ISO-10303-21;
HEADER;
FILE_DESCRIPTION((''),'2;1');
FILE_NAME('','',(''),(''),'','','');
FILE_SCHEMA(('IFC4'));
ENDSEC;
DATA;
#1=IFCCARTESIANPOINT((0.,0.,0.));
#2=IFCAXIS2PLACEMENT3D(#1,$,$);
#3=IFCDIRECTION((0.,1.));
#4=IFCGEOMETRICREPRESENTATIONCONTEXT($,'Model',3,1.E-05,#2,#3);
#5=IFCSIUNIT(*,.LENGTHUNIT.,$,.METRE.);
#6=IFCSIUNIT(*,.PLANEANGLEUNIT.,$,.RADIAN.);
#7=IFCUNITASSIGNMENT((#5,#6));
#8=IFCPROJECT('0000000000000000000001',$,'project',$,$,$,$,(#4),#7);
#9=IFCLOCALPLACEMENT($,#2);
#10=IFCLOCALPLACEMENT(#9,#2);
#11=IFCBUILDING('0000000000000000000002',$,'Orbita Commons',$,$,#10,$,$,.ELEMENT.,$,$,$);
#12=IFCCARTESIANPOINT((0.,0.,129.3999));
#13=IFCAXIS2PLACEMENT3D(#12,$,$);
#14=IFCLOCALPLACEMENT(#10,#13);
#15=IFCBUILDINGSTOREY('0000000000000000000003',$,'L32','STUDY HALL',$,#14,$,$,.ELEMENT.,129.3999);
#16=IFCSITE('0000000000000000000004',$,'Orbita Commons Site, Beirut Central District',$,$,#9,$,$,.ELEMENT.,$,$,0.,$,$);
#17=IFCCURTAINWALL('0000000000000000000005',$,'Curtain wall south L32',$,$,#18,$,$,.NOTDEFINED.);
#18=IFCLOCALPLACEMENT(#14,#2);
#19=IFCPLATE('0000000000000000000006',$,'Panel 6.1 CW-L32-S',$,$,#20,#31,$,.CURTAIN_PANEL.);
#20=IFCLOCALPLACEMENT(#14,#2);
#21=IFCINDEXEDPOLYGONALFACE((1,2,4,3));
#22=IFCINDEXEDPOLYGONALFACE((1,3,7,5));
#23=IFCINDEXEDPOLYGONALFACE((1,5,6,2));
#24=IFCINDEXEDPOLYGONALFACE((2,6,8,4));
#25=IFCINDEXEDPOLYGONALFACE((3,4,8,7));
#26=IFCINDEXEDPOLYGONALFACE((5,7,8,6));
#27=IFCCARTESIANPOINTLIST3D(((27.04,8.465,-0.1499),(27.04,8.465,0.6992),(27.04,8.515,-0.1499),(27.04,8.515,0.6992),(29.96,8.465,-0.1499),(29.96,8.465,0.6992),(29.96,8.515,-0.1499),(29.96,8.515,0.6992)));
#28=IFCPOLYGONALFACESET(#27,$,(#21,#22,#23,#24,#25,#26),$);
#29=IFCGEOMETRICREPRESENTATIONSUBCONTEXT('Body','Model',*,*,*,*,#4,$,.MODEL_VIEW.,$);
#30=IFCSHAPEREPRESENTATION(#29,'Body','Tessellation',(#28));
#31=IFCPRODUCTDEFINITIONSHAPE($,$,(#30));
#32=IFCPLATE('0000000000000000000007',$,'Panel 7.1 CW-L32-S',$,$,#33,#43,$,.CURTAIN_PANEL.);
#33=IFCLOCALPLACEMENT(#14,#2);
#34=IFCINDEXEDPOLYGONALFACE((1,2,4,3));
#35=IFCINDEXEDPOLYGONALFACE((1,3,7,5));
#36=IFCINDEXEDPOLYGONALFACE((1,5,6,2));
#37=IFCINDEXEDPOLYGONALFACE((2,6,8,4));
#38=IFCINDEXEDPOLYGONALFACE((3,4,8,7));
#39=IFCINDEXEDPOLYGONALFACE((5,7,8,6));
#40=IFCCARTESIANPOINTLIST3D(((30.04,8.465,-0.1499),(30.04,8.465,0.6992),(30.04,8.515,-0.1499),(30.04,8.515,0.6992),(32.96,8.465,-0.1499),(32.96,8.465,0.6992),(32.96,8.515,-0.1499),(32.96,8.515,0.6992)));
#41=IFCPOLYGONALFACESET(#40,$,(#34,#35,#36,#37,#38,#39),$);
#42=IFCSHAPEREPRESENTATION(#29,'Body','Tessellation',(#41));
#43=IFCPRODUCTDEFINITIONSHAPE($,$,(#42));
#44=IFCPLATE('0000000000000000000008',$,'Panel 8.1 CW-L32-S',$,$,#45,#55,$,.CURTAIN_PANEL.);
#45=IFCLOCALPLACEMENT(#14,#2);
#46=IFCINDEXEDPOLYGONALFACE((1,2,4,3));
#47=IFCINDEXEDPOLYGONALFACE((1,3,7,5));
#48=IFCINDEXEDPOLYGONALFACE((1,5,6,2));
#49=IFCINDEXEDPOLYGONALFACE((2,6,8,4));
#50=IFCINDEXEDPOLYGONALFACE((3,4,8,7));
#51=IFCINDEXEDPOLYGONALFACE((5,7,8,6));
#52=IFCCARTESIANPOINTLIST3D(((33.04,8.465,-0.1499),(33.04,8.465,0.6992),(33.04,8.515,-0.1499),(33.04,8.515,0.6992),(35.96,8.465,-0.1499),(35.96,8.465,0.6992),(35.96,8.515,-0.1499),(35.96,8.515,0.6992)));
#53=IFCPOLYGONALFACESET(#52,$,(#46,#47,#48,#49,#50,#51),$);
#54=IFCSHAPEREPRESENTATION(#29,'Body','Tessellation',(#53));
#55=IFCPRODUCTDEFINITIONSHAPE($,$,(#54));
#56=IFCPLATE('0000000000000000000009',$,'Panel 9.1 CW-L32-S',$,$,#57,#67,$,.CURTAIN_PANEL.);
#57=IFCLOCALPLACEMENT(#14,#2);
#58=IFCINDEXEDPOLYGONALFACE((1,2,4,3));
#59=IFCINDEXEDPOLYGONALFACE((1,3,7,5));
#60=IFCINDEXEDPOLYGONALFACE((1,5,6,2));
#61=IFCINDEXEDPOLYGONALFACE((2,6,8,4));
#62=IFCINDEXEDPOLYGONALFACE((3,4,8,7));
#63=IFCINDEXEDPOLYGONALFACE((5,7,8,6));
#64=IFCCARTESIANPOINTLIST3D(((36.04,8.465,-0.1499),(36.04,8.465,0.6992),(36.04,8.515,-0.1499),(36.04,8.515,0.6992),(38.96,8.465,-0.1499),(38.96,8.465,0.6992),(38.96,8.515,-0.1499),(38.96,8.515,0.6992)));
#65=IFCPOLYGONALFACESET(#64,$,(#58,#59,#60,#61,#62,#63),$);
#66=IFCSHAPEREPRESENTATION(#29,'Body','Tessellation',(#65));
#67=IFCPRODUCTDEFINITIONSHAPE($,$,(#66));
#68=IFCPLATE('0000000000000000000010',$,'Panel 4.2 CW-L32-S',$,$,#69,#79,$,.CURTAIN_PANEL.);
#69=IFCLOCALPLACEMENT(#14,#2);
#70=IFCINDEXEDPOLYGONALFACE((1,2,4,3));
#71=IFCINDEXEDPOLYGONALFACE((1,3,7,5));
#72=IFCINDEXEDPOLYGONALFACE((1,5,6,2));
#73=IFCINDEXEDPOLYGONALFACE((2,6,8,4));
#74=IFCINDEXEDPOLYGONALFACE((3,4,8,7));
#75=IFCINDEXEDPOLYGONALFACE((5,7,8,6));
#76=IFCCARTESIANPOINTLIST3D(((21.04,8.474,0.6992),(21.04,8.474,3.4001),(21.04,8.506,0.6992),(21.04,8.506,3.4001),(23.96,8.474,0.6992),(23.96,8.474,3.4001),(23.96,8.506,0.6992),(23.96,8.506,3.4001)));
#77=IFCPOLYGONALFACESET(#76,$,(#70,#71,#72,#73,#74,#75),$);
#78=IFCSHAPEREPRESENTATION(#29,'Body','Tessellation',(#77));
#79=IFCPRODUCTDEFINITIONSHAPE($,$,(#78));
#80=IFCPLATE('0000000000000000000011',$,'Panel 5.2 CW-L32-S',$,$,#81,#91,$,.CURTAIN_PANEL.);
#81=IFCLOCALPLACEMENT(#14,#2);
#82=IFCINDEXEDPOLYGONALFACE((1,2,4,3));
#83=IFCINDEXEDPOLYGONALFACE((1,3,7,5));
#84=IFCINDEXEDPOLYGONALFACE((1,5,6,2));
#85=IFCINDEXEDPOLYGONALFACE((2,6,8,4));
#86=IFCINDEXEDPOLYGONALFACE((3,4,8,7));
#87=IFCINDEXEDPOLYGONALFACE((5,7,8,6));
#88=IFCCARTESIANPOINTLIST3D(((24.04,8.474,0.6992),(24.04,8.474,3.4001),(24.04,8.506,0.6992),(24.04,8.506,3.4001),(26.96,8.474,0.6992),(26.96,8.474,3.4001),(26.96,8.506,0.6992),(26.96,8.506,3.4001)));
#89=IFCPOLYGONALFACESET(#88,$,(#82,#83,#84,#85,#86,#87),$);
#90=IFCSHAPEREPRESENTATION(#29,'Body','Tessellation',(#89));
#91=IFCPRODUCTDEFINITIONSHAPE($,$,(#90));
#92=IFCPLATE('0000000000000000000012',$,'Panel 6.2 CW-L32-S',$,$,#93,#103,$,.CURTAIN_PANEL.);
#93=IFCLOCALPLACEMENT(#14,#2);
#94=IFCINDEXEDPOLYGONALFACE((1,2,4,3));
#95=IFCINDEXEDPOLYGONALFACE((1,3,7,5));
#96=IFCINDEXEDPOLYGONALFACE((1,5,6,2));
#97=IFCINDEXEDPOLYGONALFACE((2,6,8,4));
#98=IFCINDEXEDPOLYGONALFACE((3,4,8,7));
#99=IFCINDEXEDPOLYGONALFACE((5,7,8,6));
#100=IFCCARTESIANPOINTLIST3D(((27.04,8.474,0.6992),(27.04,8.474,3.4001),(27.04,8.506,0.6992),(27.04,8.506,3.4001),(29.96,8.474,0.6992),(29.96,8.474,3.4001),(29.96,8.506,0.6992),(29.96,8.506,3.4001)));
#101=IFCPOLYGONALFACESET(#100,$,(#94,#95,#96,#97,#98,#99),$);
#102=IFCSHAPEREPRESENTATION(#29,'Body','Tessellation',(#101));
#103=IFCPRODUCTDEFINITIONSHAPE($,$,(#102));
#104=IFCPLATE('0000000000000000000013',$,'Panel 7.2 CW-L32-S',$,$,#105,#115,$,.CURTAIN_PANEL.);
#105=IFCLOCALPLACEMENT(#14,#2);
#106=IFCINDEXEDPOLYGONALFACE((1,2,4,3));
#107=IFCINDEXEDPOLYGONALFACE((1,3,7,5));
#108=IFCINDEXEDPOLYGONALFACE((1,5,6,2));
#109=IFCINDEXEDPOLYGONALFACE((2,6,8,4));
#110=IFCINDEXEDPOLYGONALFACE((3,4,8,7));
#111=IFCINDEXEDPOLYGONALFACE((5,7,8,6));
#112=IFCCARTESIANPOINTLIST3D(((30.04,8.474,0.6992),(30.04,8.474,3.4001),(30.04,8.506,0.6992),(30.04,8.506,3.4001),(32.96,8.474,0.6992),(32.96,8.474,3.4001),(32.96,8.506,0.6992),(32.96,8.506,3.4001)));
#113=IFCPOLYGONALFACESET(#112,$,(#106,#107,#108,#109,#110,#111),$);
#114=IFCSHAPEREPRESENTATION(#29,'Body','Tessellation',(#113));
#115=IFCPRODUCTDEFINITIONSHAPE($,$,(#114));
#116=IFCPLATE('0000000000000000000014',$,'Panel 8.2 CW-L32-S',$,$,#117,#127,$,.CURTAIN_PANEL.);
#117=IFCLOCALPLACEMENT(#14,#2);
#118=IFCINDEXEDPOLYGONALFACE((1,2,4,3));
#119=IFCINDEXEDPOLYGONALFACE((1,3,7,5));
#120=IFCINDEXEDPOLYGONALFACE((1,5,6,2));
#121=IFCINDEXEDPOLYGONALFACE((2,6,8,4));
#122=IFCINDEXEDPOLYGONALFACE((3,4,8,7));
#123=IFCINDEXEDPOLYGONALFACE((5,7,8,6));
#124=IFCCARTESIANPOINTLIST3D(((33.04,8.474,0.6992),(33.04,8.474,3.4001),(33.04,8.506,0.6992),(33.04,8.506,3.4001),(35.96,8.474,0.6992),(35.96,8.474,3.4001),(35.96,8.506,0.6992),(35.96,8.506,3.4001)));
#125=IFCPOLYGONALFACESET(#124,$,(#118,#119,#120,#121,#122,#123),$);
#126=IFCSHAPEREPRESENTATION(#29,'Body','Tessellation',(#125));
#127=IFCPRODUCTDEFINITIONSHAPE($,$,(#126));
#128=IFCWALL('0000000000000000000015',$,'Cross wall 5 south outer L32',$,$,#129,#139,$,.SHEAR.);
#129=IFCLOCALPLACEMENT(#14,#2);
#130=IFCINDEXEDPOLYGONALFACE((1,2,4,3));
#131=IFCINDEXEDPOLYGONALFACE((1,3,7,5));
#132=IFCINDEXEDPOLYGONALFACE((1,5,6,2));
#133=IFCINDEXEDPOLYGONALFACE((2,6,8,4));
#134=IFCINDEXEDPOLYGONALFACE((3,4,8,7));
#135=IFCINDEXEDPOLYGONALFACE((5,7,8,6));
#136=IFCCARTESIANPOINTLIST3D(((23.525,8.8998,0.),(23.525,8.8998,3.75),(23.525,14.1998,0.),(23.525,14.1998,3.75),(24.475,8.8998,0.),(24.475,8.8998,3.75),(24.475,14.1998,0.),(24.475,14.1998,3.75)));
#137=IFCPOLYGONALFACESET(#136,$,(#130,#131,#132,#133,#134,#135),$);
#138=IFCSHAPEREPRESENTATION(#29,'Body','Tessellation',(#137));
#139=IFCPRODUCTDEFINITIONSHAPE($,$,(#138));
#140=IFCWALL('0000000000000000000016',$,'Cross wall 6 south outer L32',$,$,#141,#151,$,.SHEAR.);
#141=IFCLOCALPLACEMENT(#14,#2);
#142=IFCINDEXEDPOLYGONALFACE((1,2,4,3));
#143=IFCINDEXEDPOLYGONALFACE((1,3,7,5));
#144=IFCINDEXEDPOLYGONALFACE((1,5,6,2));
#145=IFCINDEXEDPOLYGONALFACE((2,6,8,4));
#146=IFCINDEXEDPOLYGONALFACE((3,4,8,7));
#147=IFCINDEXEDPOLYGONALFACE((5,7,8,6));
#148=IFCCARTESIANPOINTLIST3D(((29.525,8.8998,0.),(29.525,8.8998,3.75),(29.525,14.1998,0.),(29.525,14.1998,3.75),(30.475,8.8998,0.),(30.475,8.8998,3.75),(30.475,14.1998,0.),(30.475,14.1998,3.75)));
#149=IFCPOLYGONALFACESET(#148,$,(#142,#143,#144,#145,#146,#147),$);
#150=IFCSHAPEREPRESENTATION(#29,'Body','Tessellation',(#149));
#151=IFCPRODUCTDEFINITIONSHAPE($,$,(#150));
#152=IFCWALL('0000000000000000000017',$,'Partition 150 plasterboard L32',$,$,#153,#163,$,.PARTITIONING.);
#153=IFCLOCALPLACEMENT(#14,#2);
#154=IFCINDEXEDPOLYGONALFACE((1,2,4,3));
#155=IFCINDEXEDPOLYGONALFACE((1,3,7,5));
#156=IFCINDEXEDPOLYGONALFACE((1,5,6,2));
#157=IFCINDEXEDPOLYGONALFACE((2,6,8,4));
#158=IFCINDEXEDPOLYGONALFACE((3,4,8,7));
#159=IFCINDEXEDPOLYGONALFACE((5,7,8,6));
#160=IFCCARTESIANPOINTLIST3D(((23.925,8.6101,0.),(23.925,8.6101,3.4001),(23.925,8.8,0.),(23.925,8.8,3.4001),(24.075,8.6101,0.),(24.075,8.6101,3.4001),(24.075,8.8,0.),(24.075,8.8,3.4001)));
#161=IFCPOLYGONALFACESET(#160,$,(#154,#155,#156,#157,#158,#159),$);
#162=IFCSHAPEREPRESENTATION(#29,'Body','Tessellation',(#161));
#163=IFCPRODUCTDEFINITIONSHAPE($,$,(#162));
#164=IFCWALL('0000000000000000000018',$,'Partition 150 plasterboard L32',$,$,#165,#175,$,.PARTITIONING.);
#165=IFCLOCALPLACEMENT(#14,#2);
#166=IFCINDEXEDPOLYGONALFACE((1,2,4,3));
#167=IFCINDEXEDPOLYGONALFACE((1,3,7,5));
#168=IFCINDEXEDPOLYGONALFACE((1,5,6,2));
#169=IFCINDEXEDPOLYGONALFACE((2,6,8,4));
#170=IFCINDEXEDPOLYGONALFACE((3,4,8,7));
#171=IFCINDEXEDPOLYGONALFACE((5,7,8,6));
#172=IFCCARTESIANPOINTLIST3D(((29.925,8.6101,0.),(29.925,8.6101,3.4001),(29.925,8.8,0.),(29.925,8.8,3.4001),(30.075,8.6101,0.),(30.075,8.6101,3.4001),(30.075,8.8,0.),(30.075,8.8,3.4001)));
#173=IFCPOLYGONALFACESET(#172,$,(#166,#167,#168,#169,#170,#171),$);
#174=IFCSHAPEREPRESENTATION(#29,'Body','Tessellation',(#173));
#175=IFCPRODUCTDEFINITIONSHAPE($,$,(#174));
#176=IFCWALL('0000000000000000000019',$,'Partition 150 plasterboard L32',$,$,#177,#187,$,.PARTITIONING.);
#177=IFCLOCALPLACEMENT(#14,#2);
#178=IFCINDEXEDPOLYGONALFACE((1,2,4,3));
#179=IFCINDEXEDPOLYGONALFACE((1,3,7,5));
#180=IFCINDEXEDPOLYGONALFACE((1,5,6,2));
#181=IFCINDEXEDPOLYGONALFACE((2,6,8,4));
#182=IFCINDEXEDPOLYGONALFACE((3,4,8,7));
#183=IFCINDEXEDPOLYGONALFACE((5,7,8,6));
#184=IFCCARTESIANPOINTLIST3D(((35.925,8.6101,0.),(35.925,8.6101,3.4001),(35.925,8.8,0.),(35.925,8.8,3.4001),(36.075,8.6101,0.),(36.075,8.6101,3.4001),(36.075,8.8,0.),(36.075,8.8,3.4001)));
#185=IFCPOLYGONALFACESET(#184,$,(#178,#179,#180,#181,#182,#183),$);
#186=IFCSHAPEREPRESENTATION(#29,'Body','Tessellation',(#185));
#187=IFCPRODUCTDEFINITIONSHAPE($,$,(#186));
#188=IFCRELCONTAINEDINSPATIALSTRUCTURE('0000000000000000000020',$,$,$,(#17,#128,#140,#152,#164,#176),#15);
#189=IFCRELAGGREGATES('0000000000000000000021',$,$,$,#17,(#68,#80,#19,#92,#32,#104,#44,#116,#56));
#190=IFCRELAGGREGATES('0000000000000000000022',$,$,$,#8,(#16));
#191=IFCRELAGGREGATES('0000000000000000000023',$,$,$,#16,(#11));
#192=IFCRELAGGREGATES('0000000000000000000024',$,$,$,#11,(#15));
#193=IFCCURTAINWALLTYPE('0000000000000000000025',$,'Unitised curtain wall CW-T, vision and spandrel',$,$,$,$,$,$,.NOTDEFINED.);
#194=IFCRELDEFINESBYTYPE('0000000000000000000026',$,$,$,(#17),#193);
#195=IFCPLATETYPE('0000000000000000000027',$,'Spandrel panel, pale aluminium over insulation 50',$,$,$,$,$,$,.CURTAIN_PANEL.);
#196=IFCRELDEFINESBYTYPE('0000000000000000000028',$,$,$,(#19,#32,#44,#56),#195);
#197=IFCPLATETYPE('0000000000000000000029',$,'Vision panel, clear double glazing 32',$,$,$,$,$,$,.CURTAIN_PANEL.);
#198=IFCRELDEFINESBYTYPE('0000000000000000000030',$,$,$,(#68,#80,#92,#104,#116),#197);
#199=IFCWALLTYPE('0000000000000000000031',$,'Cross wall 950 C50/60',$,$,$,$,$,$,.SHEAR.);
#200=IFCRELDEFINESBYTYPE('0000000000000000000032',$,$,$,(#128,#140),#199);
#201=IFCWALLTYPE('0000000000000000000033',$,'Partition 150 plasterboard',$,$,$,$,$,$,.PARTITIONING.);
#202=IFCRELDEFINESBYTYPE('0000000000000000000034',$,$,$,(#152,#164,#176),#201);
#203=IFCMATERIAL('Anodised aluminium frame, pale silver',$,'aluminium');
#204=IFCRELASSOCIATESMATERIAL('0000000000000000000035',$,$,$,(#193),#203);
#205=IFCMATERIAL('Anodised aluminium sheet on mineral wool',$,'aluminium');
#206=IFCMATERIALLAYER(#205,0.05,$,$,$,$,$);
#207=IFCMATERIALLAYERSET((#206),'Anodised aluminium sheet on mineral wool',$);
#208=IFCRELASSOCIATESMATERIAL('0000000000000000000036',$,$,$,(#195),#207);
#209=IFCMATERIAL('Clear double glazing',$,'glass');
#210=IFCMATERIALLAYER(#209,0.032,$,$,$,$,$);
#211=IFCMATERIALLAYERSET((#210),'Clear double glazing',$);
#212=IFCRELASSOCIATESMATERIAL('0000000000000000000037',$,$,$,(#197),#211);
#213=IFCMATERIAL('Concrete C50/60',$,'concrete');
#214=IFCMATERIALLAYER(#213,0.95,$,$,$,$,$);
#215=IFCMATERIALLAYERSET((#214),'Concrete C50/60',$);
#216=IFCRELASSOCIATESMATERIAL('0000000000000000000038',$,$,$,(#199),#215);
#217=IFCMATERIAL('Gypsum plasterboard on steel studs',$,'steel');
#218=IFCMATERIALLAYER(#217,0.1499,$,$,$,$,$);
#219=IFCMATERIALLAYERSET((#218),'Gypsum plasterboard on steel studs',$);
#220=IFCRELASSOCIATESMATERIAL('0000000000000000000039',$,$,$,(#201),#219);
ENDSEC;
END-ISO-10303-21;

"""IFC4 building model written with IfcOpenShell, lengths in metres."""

from ifc_helpers import new_model, si_unit, direction, frame, frame_2d, origin, origin_2d, place, context, subcontext, project, spatial, rectangle, extrude, material, layer, layer_set, type_object, element, aggregate, save


model = new_model("IFC4")

# Units and contexts
model_context = context("Model", 3, precision=1e-05, world=origin(), true_north=direction((0.0, 1.0)))
body_context = subcontext(model_context, "Body", "Model", "MODEL_VIEW")
ifc_project = project(units=[si_unit("LENGTHUNIT", "METRE"), si_unit("PLANEANGLEUNIT", "RADIAN")], contexts=[model_context])

# Site, building, storey
site_placement = place(None, origin())
site = spatial("IfcSite", under=ifc_project, at=site_placement, Name="Orbita Commons Site, Beirut Central District", CompositionType="ELEMENT", RefElevation=0.0)
building_placement = place(site_placement, origin())
building = spatial("IfcBuilding", under=site, at=building_placement, Name="Orbita Commons", CompositionType="ELEMENT")
storey_placement = place(building_placement, frame((0.0, 0.0, 129.3999)))
storey = spatial("IfcBuildingStorey", under=building, at=storey_placement, Name="L32", Description="STUDY HALL", CompositionType="ELEMENT", Elevation=129.3999)

# Curtain wall, plates
ifc_material_1 = material(Name="Anodised aluminium frame, pale silver", Category="aluminium")
curtain_wall_type = type_object("IfcCurtainWallType", Name="Unitised curtain wall CW-T, vision and spandrel", PredefinedType="NOTDEFINED", material=ifc_material_1)
curtain_wall_placement = place(storey_placement, origin())
curtain_wall = element("IfcCurtainWall", 1, at=curtain_wall_placement, inside=storey, type_object=curtain_wall_type, Name="Curtain wall south L32", PredefinedType="NOTDEFINED")
ifc_material_2 = material(Name="Anodised aluminium sheet on mineral wool", Category="aluminium")
ifc_layer_1 = layer(ifc_material_2, 0.05)
ifc_layer_set_1 = layer_set([ifc_layer_1], Name="Anodised aluminium sheet on mineral wool")
plate_type_1 = type_object("IfcPlateType", Name="Spandrel panel, pale aluminium over insulation 50", PredefinedType="CURTAIN_PANEL", material=ifc_layer_set_1)
plate_1_placement = place(storey_placement, frame((28.5, 8.49, -0.1499), z_axis=(0.0, 0.0, 1.0), x_axis=(1.0, 0.0, 0.0)))
plate_1 = element("IfcPlate", 2, at=plate_1_placement, type_object=plate_type_1, Name="Panel 6.1 CW-L32-S", PredefinedType="CURTAIN_PANEL", context=body_context, shape_type="SweptSolid", body=[
    extrude(rectangle(XDim=2.9199, YDim=0.05, at=origin_2d()), origin(), (0.0, 0.0, 1.0), 0.8491),
])
plate_2_placement = place(storey_placement, frame((31.5, 8.49, -0.1499), z_axis=(0.0, 0.0, 1.0), x_axis=(1.0, 0.0, 0.0)))
plate_2 = element("IfcPlate", 3, at=plate_2_placement, type_object=plate_type_1, Name="Panel 7.1 CW-L32-S", PredefinedType="CURTAIN_PANEL", context=body_context, shape_type="SweptSolid", body=[
    extrude(rectangle(XDim=2.9199, YDim=0.05, at=origin_2d()), origin(), (0.0, 0.0, 1.0), 0.8491),
])
plate_3_placement = place(storey_placement, frame((34.5, 8.49, -0.1499), z_axis=(0.0, 0.0, 1.0), x_axis=(1.0, 0.0, 0.0)))
plate_3 = element("IfcPlate", 4, at=plate_3_placement, type_object=plate_type_1, Name="Panel 8.1 CW-L32-S", PredefinedType="CURTAIN_PANEL", context=body_context, shape_type="SweptSolid", body=[
    extrude(rectangle(XDim=2.9199, YDim=0.05, at=origin_2d()), origin(), (0.0, 0.0, 1.0), 0.8491),
])
plate_4_placement = place(storey_placement, frame((37.5, 8.49, -0.1499), z_axis=(0.0, 0.0, 1.0), x_axis=(1.0, 0.0, 0.0)))
plate_4 = element("IfcPlate", 5, at=plate_4_placement, type_object=plate_type_1, Name="Panel 9.1 CW-L32-S", PredefinedType="CURTAIN_PANEL", context=body_context, shape_type="SweptSolid", body=[
    extrude(rectangle(XDim=2.9199, YDim=0.05, at=origin_2d()), origin(), (0.0, 0.0, 1.0), 0.8491),
])
ifc_material_3 = material(Name="Clear double glazing", Category="glass")
ifc_layer_2 = layer(ifc_material_3, 0.032)
ifc_layer_set_2 = layer_set([ifc_layer_2], Name="Clear double glazing")
plate_type_2 = type_object("IfcPlateType", Name="Vision panel, clear double glazing 32", PredefinedType="CURTAIN_PANEL", material=ifc_layer_set_2)
plate_5_placement = place(storey_placement, frame((22.5, 8.49, 0.6992), z_axis=(0.0, 0.0, 1.0), x_axis=(1.0, 0.0, 0.0)))
plate_5 = element("IfcPlate", 6, at=plate_5_placement, type_object=plate_type_2, Name="Panel 4.2 CW-L32-S", PredefinedType="CURTAIN_PANEL", context=body_context, shape_type="SweptSolid", body=[
    extrude(rectangle(XDim=2.9199, YDim=0.032, at=origin_2d()), origin(), (0.0, 0.0, 1.0), 2.7009),
])
plate_6_placement = place(storey_placement, frame((25.5, 8.49, 0.6992), z_axis=(0.0, 0.0, 1.0), x_axis=(1.0, 0.0, 0.0)))
plate_6 = element("IfcPlate", 7, at=plate_6_placement, type_object=plate_type_2, Name="Panel 5.2 CW-L32-S", PredefinedType="CURTAIN_PANEL", context=body_context, shape_type="SweptSolid", body=[
    extrude(rectangle(XDim=2.9199, YDim=0.032, at=origin_2d()), origin(), (0.0, 0.0, 1.0), 2.7009),
])
plate_7_placement = place(storey_placement, frame((28.5, 8.49, 0.6992), z_axis=(0.0, 0.0, 1.0), x_axis=(1.0, 0.0, 0.0)))
plate_7 = element("IfcPlate", 8, at=plate_7_placement, type_object=plate_type_2, Name="Panel 6.2 CW-L32-S", PredefinedType="CURTAIN_PANEL", context=body_context, shape_type="SweptSolid", body=[
    extrude(rectangle(XDim=2.9199, YDim=0.032, at=origin_2d()), origin(), (0.0, 0.0, 1.0), 2.7009),
])
plate_8_placement = place(storey_placement, frame((31.5, 8.49, 0.6992), z_axis=(0.0, 0.0, 1.0), x_axis=(1.0, 0.0, 0.0)))
plate_8 = element("IfcPlate", 9, at=plate_8_placement, type_object=plate_type_2, Name="Panel 7.2 CW-L32-S", PredefinedType="CURTAIN_PANEL", context=body_context, shape_type="SweptSolid", body=[
    extrude(rectangle(XDim=2.9199, YDim=0.032, at=origin_2d()), origin(), (0.0, 0.0, 1.0), 2.7009),
])
plate_9_placement = place(storey_placement, frame((34.5, 8.49, 0.6992), z_axis=(0.0, 0.0, 1.0), x_axis=(1.0, 0.0, 0.0)))
plate_9 = element("IfcPlate", 10, at=plate_9_placement, type_object=plate_type_2, Name="Panel 8.2 CW-L32-S", PredefinedType="CURTAIN_PANEL", context=body_context, shape_type="SweptSolid", body=[
    extrude(rectangle(XDim=2.9199, YDim=0.032, at=origin_2d()), origin(), (0.0, 0.0, 1.0), 2.7009),
])
aggregate(curtain_wall, [plate_5, plate_6, plate_1, plate_7, plate_2, plate_8, plate_3, plate_9, plate_4])

# Walls
ifc_material_4 = material(Name="Concrete C50/60", Category="concrete")
ifc_layer_3 = layer(ifc_material_4, 0.95)
ifc_layer_set_3 = layer_set([ifc_layer_3], Name="Concrete C50/60")
wall_type_1 = type_object("IfcWallType", Name="Cross wall 950 C50/60", PredefinedType="SHEAR", material=ifc_layer_set_3)
for number, where, z_axis, x_axis, name in (
    (11, (24.0, 8.8999, 0.0), (0.0, 0.0, 1.0), (0.0, 1.0, 0.0), "Cross wall 5 south outer L32"),
    (12, (30.0, 8.8999, 0.0), (0.0, 0.0, 1.0), (0.0, 1.0, 0.0), "Cross wall 6 south outer L32"),
):
    element("IfcWall", number, at=place(storey_placement, frame(where, z_axis=z_axis, x_axis=x_axis)), inside=storey, type_object=wall_type_1, Name=name, PredefinedType="SHEAR", context=body_context, shape_type="SweptSolid", body=[
        extrude(rectangle(XDim=5.3, YDim=0.95, at=frame_2d((2.6499, 0.0))), origin(), (0.0, 0.0, 1.0), 3.75),
    ])
ifc_material_5 = material(Name="Gypsum plasterboard on steel studs", Category="steel")
ifc_layer_4 = layer(ifc_material_5, 0.1499)
ifc_layer_set_4 = layer_set([ifc_layer_4], Name="Gypsum plasterboard on steel studs")
wall_type_2 = type_object("IfcWallType", Name="Partition 150 plasterboard", PredefinedType="PARTITIONING", material=ifc_layer_set_4)
for number, where, z_axis, x_axis, name in (
    (13, (24.0, 8.8, 0.0), (0.0, 0.0, 1.0), (0.0, -1.0, 0.0), "Partition 150 plasterboard L32"),
    (14, (30.0, 8.8, 0.0), (0.0, 0.0, 1.0), (0.0, -1.0, 0.0), "Partition 150 plasterboard L32"),
    (15, (36.0, 8.8, 0.0), (0.0, 0.0, 1.0), (0.0, -1.0, 0.0), "Partition 150 plasterboard L32"),
):
    element("IfcWall", number, at=place(storey_placement, frame(where, z_axis=z_axis, x_axis=x_axis)), inside=storey, type_object=wall_type_2, Name=name, PredefinedType="PARTITIONING", context=body_context, shape_type="SweptSolid", body=[
        extrude(rectangle(XDim=0.1899, YDim=0.1499, at=frame_2d((0.095, 0.0))), origin(), (0.0, 0.0, 1.0), 3.4001),
    ])

save(model, "model.ifc")
